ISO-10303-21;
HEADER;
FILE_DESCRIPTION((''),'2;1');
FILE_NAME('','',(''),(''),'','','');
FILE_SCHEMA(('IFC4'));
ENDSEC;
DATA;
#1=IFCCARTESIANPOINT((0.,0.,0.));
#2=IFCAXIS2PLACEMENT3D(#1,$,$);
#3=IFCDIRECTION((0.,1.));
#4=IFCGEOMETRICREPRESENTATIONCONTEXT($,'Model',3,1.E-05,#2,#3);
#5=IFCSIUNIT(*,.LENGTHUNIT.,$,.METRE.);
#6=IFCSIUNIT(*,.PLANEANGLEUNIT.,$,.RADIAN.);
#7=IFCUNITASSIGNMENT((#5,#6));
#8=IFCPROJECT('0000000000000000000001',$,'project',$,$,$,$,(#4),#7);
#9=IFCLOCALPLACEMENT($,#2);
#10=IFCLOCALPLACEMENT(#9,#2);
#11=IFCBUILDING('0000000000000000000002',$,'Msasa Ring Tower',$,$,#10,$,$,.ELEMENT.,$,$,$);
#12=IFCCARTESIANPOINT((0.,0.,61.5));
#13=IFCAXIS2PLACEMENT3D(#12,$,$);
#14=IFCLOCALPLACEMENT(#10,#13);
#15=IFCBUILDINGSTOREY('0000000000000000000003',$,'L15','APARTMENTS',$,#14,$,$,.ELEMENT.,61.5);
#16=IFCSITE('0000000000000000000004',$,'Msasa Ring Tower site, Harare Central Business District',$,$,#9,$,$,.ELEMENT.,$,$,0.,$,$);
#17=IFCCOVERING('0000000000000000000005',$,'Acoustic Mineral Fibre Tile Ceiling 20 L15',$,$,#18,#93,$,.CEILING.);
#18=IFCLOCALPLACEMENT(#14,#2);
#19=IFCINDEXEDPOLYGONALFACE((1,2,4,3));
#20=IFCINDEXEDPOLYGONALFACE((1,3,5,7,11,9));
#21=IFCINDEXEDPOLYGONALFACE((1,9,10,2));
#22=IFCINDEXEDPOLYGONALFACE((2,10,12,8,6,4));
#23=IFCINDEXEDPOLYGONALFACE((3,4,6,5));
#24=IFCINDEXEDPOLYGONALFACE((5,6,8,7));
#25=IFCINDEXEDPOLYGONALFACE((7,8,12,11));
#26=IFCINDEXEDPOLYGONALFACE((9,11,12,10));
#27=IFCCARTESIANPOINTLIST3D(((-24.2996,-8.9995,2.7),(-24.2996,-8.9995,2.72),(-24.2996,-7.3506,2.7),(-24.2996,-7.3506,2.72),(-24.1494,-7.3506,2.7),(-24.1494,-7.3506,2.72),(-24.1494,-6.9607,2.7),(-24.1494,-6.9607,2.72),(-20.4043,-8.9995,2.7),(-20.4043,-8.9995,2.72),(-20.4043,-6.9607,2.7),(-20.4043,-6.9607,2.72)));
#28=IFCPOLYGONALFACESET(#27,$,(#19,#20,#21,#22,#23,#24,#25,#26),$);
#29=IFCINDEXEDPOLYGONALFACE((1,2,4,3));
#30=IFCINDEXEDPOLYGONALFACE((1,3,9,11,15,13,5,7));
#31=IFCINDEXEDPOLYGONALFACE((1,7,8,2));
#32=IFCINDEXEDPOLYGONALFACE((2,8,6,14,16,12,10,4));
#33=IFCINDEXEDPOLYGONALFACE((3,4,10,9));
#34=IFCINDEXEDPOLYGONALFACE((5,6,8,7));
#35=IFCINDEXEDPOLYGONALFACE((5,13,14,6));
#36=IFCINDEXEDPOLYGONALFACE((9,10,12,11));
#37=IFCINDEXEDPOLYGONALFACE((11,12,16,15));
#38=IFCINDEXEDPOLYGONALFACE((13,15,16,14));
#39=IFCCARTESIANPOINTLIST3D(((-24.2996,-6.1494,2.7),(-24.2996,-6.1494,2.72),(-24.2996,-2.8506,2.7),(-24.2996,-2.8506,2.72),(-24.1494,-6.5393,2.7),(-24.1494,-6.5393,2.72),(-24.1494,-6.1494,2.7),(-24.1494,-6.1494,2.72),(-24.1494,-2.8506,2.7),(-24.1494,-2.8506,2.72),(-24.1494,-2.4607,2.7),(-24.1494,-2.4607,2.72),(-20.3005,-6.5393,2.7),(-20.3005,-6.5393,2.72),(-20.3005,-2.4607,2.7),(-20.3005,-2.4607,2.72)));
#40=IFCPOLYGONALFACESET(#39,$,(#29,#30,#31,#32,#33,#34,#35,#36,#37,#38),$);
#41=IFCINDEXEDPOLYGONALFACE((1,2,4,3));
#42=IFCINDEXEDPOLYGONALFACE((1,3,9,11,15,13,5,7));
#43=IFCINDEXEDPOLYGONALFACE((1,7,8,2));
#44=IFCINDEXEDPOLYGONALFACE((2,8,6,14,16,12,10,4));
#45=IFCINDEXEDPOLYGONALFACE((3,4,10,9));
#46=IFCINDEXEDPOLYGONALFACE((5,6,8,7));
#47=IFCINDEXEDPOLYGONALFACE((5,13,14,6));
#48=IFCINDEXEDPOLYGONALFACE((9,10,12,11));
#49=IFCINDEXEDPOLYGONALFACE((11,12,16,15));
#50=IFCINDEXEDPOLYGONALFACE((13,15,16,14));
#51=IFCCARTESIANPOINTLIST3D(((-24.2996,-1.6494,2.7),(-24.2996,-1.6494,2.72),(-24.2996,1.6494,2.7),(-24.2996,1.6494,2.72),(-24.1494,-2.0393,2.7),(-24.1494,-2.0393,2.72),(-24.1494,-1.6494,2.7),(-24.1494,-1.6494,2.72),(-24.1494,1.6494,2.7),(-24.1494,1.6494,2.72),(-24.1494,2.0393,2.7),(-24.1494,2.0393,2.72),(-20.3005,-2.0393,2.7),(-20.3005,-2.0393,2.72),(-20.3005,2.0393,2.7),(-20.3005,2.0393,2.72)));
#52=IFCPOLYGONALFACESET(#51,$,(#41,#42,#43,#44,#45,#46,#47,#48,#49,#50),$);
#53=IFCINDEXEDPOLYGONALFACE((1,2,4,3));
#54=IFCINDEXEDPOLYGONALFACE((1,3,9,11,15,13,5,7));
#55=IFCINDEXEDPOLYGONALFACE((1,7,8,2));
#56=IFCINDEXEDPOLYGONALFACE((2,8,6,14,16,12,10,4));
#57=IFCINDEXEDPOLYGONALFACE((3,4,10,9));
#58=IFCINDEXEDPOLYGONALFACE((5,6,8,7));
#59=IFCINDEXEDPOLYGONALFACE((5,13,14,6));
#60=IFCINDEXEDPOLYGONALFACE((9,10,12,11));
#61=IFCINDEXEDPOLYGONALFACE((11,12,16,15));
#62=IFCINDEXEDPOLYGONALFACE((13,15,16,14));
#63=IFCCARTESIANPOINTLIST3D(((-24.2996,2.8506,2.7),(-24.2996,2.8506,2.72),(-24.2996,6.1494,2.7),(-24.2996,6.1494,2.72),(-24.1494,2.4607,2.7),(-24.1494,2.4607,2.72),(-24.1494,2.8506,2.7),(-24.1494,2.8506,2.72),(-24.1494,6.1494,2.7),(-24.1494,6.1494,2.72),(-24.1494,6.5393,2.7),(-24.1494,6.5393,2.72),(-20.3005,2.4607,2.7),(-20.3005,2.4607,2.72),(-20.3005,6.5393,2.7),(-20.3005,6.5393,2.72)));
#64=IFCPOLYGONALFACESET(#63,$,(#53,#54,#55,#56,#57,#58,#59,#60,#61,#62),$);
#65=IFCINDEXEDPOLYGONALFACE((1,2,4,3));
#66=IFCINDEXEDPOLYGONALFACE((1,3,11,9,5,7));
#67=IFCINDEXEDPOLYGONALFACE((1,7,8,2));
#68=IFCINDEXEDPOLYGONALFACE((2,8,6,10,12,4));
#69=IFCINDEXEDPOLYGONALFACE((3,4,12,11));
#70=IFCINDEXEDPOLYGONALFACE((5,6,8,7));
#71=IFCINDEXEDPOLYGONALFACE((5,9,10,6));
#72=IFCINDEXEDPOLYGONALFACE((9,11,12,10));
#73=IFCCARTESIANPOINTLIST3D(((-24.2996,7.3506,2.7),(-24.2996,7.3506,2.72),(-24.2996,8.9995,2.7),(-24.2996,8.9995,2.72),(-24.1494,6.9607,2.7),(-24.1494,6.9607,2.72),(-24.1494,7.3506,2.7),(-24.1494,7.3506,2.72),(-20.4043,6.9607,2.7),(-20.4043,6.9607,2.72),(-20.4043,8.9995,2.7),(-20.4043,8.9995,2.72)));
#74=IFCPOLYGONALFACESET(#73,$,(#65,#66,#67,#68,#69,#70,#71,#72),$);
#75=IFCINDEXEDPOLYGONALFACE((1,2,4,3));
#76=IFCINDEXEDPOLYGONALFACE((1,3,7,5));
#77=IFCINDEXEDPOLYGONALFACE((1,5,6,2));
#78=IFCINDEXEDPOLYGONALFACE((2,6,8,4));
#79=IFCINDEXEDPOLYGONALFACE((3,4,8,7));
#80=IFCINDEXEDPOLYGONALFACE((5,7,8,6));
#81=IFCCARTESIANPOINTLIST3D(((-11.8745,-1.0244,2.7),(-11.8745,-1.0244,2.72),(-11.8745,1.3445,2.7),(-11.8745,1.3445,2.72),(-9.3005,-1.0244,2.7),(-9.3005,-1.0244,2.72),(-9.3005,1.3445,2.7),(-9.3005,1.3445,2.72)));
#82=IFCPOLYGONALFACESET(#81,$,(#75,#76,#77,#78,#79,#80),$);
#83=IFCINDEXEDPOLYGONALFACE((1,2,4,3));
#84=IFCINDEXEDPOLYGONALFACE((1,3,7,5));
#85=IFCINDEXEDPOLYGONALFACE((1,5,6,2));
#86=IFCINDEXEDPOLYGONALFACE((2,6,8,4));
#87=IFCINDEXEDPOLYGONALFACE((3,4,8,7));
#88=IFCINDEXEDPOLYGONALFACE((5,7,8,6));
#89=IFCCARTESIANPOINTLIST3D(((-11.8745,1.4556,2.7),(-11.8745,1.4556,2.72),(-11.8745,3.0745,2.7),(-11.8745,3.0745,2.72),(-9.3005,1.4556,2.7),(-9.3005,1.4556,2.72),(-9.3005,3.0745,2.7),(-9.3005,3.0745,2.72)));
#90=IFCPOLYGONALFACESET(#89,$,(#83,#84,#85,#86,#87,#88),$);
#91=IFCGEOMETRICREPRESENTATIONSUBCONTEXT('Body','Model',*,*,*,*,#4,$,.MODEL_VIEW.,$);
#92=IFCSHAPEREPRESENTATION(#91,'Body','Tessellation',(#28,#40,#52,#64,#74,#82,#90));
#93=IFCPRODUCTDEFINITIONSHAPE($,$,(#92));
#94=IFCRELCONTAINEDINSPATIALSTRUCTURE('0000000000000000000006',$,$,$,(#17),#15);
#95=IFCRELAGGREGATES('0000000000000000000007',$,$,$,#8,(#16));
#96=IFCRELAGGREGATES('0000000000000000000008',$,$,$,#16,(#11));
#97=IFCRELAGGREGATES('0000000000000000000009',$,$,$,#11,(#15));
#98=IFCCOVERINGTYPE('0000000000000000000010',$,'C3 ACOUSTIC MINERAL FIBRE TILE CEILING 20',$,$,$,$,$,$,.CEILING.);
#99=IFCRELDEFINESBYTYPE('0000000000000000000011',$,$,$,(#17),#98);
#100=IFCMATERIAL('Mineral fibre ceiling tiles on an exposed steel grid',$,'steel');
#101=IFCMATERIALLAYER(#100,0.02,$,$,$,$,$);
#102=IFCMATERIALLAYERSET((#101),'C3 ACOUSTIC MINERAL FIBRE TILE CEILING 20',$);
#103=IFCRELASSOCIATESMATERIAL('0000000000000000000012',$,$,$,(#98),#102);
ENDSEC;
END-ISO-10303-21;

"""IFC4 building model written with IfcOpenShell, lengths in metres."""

from ifc_helpers import new_model, si_unit, direction, frame, origin, place, context, subcontext, project, spatial, line, indexed_curve, outline, extrude, material, layer, layer_set, type_object, element, save


model = new_model("IFC4")

# Units and contexts
model_context = context("Model", 3, precision=1e-05, world=origin(), true_north=direction((0.0, 1.0)))
body_context = subcontext(model_context, "Body", "Model", "MODEL_VIEW")
ifc_project = project(units=[si_unit("LENGTHUNIT", "METRE"), si_unit("PLANEANGLEUNIT", "RADIAN")], contexts=[model_context])

# Site, building, storey
site_placement = place(None, origin())
site = spatial("IfcSite", under=ifc_project, at=site_placement, Name="Msasa Ring Tower site, Harare Central Business District", CompositionType="ELEMENT", RefElevation=0.0)
building_placement = place(site_placement, origin())
building = spatial("IfcBuilding", under=site, at=building_placement, Name="Msasa Ring Tower", CompositionType="ELEMENT")
storey_placement = place(building_placement, frame((0.0, 0.0, 61.5)))
storey = spatial("IfcBuildingStorey", under=building, at=storey_placement, Name="L15", Description="APARTMENTS", CompositionType="ELEMENT", Elevation=61.5)

# Covering
ifc_material_1 = material(Name="Mineral fibre ceiling tiles on an exposed steel grid", Category="steel")
ifc_layer_1 = layer(ifc_material_1, 0.02)
ifc_layer_set_1 = layer_set([ifc_layer_1], Name="C3 ACOUSTIC MINERAL FIBRE TILE CEILING 20")
covering_type_1 = type_object("IfcCoveringType", Name="C3 ACOUSTIC MINERAL FIBRE TILE CEILING 20", PredefinedType="CEILING", material=ifc_layer_set_1)
covering_1_placement = place(storey_placement, frame((0.0, 0.0, 2.7)))
element("IfcCovering", 1, at=covering_1_placement, inside=storey, type_object=covering_type_1, Name="Acoustic Mineral Fibre Tile Ceiling 20 L15", PredefinedType="CEILING", context=body_context, shape_type="SweptSolid", body=[
    extrude(outline(indexed_curve([(-24.2996, -8.9995), (-24.2996, -7.3506), (-24.1494, -7.3506), (-24.1494, -6.9607), (-20.4043, -6.9607), (-20.4043, -8.9995)], segments=[line(1, 2, 3, 4, 5, 6, 1)], self_intersect=False)), origin(), (0.0, 0.0, 1.0), 0.02),
    extrude(outline(indexed_curve([(-24.2996, -2.8506), (-24.1494, -2.8506), (-24.1494, -2.4607), (-20.3005, -2.4607), (-20.3005, -6.5393), (-24.1494, -6.5393), (-24.1494, -6.1494), (-24.2996, -6.1494)], segments=[line(1, 2, 3, 4, 5, 6, 7, 8, 1)], self_intersect=False)), origin(), (0.0, 0.0, 1.0), 0.02),
    extrude(outline(indexed_curve([(-24.2996, 1.6494), (-24.1494, 1.6494), (-24.1494, 2.0393), (-20.3005, 2.0393), (-20.3005, -2.0393), (-24.1494, -2.0393), (-24.1494, -1.6494), (-24.2996, -1.6494)], segments=[line(1, 2, 3, 4, 5, 6, 7, 8, 1)], self_intersect=False)), origin(), (0.0, 0.0, 1.0), 0.02),
    extrude(outline(indexed_curve([(-24.2996, 6.1494), (-24.1494, 6.1494), (-24.1494, 6.5393), (-20.3005, 6.5393), (-20.3005, 2.4607), (-24.1494, 2.4607), (-24.1494, 2.8506), (-24.2996, 2.8506)], segments=[line(1, 2, 3, 4, 5, 6, 7, 8, 1)], self_intersect=False)), origin(), (0.0, 0.0, 1.0), 0.02),
    extrude(outline(indexed_curve([(-24.2996, 8.9995), (-20.4043, 8.9995), (-20.4043, 6.9607), (-24.1494, 6.9607), (-24.1494, 7.3506), (-24.2996, 7.3506)], segments=[line(1, 2, 3, 4, 5, 6, 1)], self_intersect=False)), origin(), (0.0, 0.0, 1.0), 0.02),
    extrude(outline(indexed_curve([(-9.3005, -1.0244), (-11.8745, -1.0244), (-11.8745, 1.3445), (-9.3005, 1.3445)], segments=[line(1, 2, 3, 4, 1)], self_intersect=False)), origin(), (0.0, 0.0, 1.0), 0.02),
    extrude(outline(indexed_curve([(-9.3005, 1.4556), (-11.8745, 1.4556), (-11.8745, 3.0745), (-9.3005, 3.0745)], segments=[line(1, 2, 3, 4, 1)], self_intersect=False)), origin(), (0.0, 0.0, 1.0), 0.02),
])

save(model, "model.ifc")
